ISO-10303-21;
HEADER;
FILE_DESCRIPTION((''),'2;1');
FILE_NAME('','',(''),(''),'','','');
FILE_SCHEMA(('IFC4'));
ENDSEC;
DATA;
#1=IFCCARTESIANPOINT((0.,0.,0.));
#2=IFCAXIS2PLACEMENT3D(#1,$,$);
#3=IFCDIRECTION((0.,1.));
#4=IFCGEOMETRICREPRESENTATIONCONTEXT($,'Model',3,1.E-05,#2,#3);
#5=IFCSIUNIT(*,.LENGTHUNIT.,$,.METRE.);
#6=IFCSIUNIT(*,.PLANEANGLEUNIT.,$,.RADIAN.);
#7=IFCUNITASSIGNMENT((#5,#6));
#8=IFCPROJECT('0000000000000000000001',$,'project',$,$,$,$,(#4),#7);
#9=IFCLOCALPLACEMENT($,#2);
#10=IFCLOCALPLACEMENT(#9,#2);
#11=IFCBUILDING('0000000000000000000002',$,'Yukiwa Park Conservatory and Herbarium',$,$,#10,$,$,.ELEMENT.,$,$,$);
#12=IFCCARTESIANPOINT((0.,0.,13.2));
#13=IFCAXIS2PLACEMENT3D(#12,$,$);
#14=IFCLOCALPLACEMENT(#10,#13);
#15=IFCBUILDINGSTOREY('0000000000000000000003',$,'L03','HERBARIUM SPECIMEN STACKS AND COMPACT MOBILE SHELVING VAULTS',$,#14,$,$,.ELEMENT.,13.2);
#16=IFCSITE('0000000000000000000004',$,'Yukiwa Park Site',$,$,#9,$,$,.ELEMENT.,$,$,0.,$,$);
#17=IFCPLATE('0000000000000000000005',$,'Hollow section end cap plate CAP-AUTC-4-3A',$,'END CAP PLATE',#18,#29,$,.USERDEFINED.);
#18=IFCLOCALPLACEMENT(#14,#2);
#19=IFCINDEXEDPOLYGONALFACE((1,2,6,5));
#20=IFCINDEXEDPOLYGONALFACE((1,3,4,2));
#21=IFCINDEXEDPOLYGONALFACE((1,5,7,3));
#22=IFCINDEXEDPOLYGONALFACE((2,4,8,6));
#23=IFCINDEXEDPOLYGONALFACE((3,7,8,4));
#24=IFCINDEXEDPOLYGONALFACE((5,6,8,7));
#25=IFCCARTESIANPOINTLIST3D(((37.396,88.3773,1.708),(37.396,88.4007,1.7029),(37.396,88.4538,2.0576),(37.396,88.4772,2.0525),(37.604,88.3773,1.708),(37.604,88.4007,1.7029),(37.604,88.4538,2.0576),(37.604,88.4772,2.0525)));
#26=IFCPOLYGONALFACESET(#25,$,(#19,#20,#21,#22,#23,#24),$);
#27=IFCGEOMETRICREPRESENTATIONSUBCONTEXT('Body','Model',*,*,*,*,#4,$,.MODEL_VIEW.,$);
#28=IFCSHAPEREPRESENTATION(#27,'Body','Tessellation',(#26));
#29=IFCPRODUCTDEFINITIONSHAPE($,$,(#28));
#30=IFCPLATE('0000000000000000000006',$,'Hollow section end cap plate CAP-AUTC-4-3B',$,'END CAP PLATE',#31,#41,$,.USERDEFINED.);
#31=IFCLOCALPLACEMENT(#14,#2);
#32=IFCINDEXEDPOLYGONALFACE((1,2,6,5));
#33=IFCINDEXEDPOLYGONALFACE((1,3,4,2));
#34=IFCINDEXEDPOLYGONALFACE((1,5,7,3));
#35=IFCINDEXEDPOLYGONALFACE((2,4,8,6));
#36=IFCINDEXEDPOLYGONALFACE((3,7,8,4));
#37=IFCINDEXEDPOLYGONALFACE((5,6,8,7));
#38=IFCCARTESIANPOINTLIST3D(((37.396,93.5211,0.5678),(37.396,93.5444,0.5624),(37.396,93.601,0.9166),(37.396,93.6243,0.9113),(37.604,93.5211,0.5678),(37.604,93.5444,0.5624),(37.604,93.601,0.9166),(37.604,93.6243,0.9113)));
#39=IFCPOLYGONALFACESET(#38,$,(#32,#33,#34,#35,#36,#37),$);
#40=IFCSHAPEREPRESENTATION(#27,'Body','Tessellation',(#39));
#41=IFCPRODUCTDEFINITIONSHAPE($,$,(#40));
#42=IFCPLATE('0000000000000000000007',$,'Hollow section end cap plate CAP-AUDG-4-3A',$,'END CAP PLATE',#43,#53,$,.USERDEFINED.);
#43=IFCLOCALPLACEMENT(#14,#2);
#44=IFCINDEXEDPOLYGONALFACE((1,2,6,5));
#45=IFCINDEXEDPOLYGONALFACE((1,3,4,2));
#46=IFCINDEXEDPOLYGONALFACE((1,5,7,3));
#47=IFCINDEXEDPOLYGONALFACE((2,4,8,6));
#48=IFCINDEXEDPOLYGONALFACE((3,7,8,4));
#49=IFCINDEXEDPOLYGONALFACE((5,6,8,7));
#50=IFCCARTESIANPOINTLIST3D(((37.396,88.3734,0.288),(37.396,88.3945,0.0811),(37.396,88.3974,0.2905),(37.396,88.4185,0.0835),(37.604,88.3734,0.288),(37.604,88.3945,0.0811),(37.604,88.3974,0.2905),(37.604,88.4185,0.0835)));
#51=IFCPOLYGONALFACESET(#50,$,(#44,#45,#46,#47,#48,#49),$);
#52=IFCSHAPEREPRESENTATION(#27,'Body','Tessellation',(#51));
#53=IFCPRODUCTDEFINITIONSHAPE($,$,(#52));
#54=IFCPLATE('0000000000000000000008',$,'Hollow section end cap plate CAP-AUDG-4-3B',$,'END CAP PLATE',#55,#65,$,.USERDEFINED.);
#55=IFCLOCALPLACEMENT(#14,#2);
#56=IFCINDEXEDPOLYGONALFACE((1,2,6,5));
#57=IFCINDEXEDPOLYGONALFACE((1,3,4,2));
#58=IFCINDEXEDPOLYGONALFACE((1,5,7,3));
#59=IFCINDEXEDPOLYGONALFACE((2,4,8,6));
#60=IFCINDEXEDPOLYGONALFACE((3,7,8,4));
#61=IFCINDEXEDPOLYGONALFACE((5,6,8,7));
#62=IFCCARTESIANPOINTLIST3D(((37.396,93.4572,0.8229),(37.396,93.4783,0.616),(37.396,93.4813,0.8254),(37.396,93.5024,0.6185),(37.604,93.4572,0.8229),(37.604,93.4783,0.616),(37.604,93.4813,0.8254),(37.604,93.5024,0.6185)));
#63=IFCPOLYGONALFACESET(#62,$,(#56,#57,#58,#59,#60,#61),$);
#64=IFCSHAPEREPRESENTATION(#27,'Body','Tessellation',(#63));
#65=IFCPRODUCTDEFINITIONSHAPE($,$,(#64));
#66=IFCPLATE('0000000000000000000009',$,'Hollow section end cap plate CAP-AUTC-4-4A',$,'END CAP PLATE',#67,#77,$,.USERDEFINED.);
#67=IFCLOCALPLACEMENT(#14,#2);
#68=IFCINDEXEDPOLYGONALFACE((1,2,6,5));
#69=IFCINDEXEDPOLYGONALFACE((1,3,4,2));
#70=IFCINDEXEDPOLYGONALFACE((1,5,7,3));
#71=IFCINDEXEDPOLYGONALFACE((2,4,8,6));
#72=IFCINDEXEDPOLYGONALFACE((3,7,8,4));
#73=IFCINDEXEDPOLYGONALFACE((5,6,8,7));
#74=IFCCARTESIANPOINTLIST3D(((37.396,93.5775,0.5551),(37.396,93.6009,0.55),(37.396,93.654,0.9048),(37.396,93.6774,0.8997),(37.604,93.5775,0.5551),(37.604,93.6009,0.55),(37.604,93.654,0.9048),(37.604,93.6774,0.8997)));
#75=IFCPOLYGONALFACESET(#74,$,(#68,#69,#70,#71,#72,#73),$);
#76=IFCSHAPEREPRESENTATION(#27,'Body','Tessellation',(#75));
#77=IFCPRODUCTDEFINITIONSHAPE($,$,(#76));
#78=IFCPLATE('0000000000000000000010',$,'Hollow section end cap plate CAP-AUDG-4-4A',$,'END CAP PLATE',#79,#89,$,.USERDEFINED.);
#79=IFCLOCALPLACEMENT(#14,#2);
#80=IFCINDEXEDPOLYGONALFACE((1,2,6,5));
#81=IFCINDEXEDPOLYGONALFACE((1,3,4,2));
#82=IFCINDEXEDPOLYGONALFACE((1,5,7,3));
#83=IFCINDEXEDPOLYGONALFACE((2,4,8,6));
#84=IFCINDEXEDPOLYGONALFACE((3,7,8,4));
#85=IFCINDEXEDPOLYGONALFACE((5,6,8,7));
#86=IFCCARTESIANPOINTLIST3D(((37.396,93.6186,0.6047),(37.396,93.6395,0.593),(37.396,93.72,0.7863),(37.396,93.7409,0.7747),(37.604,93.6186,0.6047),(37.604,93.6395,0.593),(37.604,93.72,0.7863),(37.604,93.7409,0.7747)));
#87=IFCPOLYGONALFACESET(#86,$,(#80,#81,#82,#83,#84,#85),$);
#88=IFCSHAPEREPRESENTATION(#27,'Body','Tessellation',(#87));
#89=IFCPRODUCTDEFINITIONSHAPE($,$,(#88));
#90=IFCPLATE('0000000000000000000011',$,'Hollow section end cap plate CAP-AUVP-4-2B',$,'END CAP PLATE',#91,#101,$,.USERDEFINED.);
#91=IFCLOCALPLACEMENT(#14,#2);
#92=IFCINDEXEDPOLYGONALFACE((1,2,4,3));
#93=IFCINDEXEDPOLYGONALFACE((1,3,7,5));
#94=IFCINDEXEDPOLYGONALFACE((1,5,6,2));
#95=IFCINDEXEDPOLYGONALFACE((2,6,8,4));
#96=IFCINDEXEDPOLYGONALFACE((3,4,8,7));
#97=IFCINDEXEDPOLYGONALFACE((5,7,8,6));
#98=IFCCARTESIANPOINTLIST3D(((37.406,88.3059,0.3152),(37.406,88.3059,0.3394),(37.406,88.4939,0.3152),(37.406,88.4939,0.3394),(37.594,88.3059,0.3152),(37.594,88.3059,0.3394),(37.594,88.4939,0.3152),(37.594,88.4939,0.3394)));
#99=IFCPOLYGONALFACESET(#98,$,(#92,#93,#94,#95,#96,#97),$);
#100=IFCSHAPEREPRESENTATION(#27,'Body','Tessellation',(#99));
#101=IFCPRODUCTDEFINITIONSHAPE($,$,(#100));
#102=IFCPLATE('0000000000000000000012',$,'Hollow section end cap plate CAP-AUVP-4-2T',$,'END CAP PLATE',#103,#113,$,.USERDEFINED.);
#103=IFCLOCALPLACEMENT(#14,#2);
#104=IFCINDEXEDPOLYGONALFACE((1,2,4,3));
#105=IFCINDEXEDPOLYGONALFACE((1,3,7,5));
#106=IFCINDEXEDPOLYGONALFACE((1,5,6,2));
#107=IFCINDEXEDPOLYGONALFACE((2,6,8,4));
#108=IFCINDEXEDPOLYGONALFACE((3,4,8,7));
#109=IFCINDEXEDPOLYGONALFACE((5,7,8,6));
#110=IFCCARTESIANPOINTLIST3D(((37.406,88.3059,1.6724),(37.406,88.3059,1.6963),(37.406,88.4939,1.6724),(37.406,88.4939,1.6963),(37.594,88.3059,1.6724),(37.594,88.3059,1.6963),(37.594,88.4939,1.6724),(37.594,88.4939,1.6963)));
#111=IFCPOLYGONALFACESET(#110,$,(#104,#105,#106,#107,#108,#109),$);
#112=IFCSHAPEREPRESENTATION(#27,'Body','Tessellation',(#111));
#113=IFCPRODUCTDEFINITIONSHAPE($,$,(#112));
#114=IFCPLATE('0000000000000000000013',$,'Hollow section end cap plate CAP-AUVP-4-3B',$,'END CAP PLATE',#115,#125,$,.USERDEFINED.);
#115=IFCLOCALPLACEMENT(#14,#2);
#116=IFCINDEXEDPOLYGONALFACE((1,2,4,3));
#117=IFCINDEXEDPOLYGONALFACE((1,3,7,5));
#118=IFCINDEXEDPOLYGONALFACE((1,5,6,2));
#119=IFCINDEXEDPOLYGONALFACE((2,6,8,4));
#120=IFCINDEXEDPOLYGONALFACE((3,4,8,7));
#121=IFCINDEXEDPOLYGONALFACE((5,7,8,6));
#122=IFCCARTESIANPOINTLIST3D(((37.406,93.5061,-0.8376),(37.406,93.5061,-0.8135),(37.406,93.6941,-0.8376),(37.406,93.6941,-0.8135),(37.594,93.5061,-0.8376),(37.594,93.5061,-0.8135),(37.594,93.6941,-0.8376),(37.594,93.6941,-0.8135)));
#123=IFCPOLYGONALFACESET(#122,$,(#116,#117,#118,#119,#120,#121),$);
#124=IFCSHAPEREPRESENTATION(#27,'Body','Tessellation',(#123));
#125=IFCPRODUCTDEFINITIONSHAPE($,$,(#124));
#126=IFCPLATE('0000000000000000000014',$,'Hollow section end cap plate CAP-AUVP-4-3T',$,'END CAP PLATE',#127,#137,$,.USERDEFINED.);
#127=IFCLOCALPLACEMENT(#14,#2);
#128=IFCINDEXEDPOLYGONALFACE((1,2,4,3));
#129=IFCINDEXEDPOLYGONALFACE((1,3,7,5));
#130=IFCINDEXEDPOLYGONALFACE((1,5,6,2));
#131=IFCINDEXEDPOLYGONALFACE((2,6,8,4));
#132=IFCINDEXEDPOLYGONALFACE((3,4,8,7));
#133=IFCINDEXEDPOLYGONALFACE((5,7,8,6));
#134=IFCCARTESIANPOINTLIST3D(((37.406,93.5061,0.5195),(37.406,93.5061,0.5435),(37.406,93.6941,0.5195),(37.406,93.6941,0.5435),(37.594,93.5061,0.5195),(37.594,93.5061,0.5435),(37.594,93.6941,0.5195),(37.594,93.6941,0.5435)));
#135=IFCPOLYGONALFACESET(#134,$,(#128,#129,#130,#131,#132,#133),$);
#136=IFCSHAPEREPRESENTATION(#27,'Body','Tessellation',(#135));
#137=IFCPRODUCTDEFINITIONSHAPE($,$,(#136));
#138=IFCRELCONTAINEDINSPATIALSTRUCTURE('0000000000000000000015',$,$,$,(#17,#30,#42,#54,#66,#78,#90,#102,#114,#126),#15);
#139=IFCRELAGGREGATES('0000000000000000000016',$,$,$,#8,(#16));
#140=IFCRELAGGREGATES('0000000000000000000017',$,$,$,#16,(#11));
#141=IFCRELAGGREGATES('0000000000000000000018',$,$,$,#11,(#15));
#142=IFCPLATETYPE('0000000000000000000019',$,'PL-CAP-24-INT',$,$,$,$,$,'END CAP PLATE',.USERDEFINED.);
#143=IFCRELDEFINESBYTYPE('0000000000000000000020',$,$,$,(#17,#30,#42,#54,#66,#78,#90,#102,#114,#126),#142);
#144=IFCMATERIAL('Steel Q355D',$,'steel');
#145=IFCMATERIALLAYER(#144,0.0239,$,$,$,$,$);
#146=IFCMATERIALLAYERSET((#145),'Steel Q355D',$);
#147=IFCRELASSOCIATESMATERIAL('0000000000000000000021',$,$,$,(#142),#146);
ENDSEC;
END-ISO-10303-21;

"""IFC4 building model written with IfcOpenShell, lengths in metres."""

from ifc_helpers import new_model, si_unit, direction, frame, origin, origin_2d, place, context, subcontext, project, spatial, rectangle, extrude, material, layer, layer_set, type_object, element, save


model = new_model("IFC4")

# Units and contexts
model_context = context("Model", 3, precision=1e-05, world=origin(), true_north=direction((0.0, 1.0)))
body_context = subcontext(model_context, "Body", "Model", "MODEL_VIEW")
ifc_project = project(units=[si_unit("LENGTHUNIT", "METRE"), si_unit("PLANEANGLEUNIT", "RADIAN")], contexts=[model_context])

# Site, building, storey
site_placement = place(None, origin())
site = spatial("IfcSite", under=ifc_project, at=site_placement, Name="Yukiwa Park Site", CompositionType="ELEMENT", RefElevation=0.0)
building_placement = place(site_placement, origin())
building = spatial("IfcBuilding", under=site, at=building_placement, Name="Yukiwa Park Conservatory and Herbarium", CompositionType="ELEMENT")
storey_placement = place(building_placement, frame((0.0, 0.0, 13.2)))
storey = spatial("IfcBuildingStorey", under=building, at=storey_placement, Name="L03", Description="HERBARIUM SPECIMEN STACKS AND COMPACT MOBILE SHELVING VAULTS", CompositionType="ELEMENT", Elevation=13.2)

# Plates
ifc_material_1 = material(Name="Steel Q355D", Category="steel")
ifc_layer = layer(ifc_material_1, 0.0239)
ifc_layer_set = layer_set([ifc_layer], Name="Steel Q355D")
plate_type = type_object("IfcPlateType", Name="PL-CAP-24-INT", ElementType="END CAP PLATE", PredefinedType="USERDEFINED", material=ifc_layer_set)
for number, where, z_axis, x_axis, name in (
    (1, (37.5, 88.439, 1.8777), (0.0, -0.9769, 0.213697), (1.0, 0.0, 0.0), "Hollow section end cap plate CAP-AUTC-4-3A"),
    (2, (37.5, 93.561, 0.7422), (0.0, 0.974732, -0.223376), (-1.0, 0.0, 0.0), "Hollow section end cap plate CAP-AUTC-4-3B"),
):
    element("IfcPlate", number, at=place(storey_placement, frame(where, z_axis=z_axis, x_axis=x_axis)), inside=storey, type_object=plate_type, Name=name, ObjectType="END CAP PLATE", PredefinedType="USERDEFINED", context=body_context, shape_type="SweptSolid", body=[
        extrude(rectangle(XDim=0.208, YDim=0.3579, at=origin_2d()), origin(), (0.0, 0.0, 1.0), 0.0239),
    ])
for number, where, z_axis, x_axis, name in (
    (3, (37.5, 88.408, 0.187), (0.0, -0.994834, -0.101514), (1.0, 0.0, 0.0), "Hollow section end cap plate CAP-AUDG-4-3A"),
    (4, (37.5, 93.4678, 0.7195), (0.0, 0.994834, 0.101514), (-1.0, 0.0, 0.0), "Hollow section end cap plate CAP-AUDG-4-3B"),
):
    element("IfcPlate", number, at=place(storey_placement, frame(where, z_axis=z_axis, x_axis=x_axis)), inside=storey, type_object=plate_type, Name=name, ObjectType="END CAP PLATE", PredefinedType="USERDEFINED", context=body_context, shape_type="SweptSolid", body=[
        extrude(rectangle(XDim=0.208, YDim=0.208, at=origin_2d()), origin(), (0.0, 0.0, 1.0), 0.0242),
    ])
plate_1_placement = place(storey_placement, frame((37.5, 93.6392, 0.7249), z_axis=(0.0, -0.9769, 0.213697), x_axis=(1.0, 0.0, 0.0)))
element("IfcPlate", 5, at=plate_1_placement, inside=storey, type_object=plate_type, Name="Hollow section end cap plate CAP-AUTC-4-4A", ObjectType="END CAP PLATE", PredefinedType="USERDEFINED", context=body_context, shape_type="SweptSolid", body=[
    extrude(rectangle(XDim=0.208, YDim=0.3579, at=origin_2d()), origin(), (0.0, 0.0, 1.0), 0.0239),
])
plate_2_placement = place(storey_placement, frame((37.5, 93.6902, 0.6838), z_axis=(0.0, -0.873198, 0.487366), x_axis=(1.0, 0.0, 0.0)))
element("IfcPlate", 6, at=plate_2_placement, inside=storey, type_object=plate_type, Name="Hollow section end cap plate CAP-AUDG-4-4A", ObjectType="END CAP PLATE", PredefinedType="USERDEFINED", context=body_context, shape_type="SweptSolid", body=[
    extrude(rectangle(XDim=0.208, YDim=0.208, at=origin_2d()), origin(), (0.0, 0.0, 1.0), 0.0239),
])
plate_3_placement = place(storey_placement, frame((37.5, 88.3999, 0.3394), z_axis=(0.0, 0.0, -1.0), x_axis=(1.0, 0.0, 0.0)))
element("IfcPlate", 7, at=plate_3_placement, inside=storey, type_object=plate_type, Name="Hollow section end cap plate CAP-AUVP-4-2B", ObjectType="END CAP PLATE", PredefinedType="USERDEFINED", context=body_context, shape_type="SweptSolid", body=[
    extrude(rectangle(XDim=0.188, YDim=0.188, at=origin_2d()), origin(), (0.0, 0.0, 1.0), 0.0242),
])
plate_4_placement = place(storey_placement, frame((37.5, 88.3999, 1.6724), z_axis=(0.0, 0.0, 1.0), x_axis=(1.0, 0.0, 0.0)))
element("IfcPlate", 8, at=plate_4_placement, inside=storey, type_object=plate_type, Name="Hollow section end cap plate CAP-AUVP-4-2T", ObjectType="END CAP PLATE", PredefinedType="USERDEFINED", context=body_context, shape_type="SweptSolid", body=[
    extrude(rectangle(XDim=0.188, YDim=0.188, at=origin_2d()), origin(), (0.0, 0.0, 1.0), 0.0239),
])
plate_5_placement = place(storey_placement, frame((37.5, 93.6001, -0.8135), z_axis=(0.0, 0.0, -1.0), x_axis=(1.0, 0.0, 0.0)))
element("IfcPlate", 9, at=plate_5_placement, inside=storey, type_object=plate_type, Name="Hollow section end cap plate CAP-AUVP-4-3B", ObjectType="END CAP PLATE", PredefinedType="USERDEFINED", context=body_context, shape_type="SweptSolid", body=[
    extrude(rectangle(XDim=0.188, YDim=0.188, at=origin_2d()), origin(), (0.0, 0.0, 1.0), 0.0242),
])
plate_6_placement = place(storey_placement, frame((37.5, 93.6001, 0.5195), z_axis=(0.0, 0.0, 1.0), x_axis=(1.0, 0.0, 0.0)))
element("IfcPlate", 10, at=plate_6_placement, inside=storey, type_object=plate_type, Name="Hollow section end cap plate CAP-AUVP-4-3T", ObjectType="END CAP PLATE", PredefinedType="USERDEFINED", context=body_context, shape_type="SweptSolid", body=[
    extrude(rectangle(XDim=0.188, YDim=0.188, at=origin_2d()), origin(), (0.0, 0.0, 1.0), 0.0239),
])

save(model, "model.ifc")
